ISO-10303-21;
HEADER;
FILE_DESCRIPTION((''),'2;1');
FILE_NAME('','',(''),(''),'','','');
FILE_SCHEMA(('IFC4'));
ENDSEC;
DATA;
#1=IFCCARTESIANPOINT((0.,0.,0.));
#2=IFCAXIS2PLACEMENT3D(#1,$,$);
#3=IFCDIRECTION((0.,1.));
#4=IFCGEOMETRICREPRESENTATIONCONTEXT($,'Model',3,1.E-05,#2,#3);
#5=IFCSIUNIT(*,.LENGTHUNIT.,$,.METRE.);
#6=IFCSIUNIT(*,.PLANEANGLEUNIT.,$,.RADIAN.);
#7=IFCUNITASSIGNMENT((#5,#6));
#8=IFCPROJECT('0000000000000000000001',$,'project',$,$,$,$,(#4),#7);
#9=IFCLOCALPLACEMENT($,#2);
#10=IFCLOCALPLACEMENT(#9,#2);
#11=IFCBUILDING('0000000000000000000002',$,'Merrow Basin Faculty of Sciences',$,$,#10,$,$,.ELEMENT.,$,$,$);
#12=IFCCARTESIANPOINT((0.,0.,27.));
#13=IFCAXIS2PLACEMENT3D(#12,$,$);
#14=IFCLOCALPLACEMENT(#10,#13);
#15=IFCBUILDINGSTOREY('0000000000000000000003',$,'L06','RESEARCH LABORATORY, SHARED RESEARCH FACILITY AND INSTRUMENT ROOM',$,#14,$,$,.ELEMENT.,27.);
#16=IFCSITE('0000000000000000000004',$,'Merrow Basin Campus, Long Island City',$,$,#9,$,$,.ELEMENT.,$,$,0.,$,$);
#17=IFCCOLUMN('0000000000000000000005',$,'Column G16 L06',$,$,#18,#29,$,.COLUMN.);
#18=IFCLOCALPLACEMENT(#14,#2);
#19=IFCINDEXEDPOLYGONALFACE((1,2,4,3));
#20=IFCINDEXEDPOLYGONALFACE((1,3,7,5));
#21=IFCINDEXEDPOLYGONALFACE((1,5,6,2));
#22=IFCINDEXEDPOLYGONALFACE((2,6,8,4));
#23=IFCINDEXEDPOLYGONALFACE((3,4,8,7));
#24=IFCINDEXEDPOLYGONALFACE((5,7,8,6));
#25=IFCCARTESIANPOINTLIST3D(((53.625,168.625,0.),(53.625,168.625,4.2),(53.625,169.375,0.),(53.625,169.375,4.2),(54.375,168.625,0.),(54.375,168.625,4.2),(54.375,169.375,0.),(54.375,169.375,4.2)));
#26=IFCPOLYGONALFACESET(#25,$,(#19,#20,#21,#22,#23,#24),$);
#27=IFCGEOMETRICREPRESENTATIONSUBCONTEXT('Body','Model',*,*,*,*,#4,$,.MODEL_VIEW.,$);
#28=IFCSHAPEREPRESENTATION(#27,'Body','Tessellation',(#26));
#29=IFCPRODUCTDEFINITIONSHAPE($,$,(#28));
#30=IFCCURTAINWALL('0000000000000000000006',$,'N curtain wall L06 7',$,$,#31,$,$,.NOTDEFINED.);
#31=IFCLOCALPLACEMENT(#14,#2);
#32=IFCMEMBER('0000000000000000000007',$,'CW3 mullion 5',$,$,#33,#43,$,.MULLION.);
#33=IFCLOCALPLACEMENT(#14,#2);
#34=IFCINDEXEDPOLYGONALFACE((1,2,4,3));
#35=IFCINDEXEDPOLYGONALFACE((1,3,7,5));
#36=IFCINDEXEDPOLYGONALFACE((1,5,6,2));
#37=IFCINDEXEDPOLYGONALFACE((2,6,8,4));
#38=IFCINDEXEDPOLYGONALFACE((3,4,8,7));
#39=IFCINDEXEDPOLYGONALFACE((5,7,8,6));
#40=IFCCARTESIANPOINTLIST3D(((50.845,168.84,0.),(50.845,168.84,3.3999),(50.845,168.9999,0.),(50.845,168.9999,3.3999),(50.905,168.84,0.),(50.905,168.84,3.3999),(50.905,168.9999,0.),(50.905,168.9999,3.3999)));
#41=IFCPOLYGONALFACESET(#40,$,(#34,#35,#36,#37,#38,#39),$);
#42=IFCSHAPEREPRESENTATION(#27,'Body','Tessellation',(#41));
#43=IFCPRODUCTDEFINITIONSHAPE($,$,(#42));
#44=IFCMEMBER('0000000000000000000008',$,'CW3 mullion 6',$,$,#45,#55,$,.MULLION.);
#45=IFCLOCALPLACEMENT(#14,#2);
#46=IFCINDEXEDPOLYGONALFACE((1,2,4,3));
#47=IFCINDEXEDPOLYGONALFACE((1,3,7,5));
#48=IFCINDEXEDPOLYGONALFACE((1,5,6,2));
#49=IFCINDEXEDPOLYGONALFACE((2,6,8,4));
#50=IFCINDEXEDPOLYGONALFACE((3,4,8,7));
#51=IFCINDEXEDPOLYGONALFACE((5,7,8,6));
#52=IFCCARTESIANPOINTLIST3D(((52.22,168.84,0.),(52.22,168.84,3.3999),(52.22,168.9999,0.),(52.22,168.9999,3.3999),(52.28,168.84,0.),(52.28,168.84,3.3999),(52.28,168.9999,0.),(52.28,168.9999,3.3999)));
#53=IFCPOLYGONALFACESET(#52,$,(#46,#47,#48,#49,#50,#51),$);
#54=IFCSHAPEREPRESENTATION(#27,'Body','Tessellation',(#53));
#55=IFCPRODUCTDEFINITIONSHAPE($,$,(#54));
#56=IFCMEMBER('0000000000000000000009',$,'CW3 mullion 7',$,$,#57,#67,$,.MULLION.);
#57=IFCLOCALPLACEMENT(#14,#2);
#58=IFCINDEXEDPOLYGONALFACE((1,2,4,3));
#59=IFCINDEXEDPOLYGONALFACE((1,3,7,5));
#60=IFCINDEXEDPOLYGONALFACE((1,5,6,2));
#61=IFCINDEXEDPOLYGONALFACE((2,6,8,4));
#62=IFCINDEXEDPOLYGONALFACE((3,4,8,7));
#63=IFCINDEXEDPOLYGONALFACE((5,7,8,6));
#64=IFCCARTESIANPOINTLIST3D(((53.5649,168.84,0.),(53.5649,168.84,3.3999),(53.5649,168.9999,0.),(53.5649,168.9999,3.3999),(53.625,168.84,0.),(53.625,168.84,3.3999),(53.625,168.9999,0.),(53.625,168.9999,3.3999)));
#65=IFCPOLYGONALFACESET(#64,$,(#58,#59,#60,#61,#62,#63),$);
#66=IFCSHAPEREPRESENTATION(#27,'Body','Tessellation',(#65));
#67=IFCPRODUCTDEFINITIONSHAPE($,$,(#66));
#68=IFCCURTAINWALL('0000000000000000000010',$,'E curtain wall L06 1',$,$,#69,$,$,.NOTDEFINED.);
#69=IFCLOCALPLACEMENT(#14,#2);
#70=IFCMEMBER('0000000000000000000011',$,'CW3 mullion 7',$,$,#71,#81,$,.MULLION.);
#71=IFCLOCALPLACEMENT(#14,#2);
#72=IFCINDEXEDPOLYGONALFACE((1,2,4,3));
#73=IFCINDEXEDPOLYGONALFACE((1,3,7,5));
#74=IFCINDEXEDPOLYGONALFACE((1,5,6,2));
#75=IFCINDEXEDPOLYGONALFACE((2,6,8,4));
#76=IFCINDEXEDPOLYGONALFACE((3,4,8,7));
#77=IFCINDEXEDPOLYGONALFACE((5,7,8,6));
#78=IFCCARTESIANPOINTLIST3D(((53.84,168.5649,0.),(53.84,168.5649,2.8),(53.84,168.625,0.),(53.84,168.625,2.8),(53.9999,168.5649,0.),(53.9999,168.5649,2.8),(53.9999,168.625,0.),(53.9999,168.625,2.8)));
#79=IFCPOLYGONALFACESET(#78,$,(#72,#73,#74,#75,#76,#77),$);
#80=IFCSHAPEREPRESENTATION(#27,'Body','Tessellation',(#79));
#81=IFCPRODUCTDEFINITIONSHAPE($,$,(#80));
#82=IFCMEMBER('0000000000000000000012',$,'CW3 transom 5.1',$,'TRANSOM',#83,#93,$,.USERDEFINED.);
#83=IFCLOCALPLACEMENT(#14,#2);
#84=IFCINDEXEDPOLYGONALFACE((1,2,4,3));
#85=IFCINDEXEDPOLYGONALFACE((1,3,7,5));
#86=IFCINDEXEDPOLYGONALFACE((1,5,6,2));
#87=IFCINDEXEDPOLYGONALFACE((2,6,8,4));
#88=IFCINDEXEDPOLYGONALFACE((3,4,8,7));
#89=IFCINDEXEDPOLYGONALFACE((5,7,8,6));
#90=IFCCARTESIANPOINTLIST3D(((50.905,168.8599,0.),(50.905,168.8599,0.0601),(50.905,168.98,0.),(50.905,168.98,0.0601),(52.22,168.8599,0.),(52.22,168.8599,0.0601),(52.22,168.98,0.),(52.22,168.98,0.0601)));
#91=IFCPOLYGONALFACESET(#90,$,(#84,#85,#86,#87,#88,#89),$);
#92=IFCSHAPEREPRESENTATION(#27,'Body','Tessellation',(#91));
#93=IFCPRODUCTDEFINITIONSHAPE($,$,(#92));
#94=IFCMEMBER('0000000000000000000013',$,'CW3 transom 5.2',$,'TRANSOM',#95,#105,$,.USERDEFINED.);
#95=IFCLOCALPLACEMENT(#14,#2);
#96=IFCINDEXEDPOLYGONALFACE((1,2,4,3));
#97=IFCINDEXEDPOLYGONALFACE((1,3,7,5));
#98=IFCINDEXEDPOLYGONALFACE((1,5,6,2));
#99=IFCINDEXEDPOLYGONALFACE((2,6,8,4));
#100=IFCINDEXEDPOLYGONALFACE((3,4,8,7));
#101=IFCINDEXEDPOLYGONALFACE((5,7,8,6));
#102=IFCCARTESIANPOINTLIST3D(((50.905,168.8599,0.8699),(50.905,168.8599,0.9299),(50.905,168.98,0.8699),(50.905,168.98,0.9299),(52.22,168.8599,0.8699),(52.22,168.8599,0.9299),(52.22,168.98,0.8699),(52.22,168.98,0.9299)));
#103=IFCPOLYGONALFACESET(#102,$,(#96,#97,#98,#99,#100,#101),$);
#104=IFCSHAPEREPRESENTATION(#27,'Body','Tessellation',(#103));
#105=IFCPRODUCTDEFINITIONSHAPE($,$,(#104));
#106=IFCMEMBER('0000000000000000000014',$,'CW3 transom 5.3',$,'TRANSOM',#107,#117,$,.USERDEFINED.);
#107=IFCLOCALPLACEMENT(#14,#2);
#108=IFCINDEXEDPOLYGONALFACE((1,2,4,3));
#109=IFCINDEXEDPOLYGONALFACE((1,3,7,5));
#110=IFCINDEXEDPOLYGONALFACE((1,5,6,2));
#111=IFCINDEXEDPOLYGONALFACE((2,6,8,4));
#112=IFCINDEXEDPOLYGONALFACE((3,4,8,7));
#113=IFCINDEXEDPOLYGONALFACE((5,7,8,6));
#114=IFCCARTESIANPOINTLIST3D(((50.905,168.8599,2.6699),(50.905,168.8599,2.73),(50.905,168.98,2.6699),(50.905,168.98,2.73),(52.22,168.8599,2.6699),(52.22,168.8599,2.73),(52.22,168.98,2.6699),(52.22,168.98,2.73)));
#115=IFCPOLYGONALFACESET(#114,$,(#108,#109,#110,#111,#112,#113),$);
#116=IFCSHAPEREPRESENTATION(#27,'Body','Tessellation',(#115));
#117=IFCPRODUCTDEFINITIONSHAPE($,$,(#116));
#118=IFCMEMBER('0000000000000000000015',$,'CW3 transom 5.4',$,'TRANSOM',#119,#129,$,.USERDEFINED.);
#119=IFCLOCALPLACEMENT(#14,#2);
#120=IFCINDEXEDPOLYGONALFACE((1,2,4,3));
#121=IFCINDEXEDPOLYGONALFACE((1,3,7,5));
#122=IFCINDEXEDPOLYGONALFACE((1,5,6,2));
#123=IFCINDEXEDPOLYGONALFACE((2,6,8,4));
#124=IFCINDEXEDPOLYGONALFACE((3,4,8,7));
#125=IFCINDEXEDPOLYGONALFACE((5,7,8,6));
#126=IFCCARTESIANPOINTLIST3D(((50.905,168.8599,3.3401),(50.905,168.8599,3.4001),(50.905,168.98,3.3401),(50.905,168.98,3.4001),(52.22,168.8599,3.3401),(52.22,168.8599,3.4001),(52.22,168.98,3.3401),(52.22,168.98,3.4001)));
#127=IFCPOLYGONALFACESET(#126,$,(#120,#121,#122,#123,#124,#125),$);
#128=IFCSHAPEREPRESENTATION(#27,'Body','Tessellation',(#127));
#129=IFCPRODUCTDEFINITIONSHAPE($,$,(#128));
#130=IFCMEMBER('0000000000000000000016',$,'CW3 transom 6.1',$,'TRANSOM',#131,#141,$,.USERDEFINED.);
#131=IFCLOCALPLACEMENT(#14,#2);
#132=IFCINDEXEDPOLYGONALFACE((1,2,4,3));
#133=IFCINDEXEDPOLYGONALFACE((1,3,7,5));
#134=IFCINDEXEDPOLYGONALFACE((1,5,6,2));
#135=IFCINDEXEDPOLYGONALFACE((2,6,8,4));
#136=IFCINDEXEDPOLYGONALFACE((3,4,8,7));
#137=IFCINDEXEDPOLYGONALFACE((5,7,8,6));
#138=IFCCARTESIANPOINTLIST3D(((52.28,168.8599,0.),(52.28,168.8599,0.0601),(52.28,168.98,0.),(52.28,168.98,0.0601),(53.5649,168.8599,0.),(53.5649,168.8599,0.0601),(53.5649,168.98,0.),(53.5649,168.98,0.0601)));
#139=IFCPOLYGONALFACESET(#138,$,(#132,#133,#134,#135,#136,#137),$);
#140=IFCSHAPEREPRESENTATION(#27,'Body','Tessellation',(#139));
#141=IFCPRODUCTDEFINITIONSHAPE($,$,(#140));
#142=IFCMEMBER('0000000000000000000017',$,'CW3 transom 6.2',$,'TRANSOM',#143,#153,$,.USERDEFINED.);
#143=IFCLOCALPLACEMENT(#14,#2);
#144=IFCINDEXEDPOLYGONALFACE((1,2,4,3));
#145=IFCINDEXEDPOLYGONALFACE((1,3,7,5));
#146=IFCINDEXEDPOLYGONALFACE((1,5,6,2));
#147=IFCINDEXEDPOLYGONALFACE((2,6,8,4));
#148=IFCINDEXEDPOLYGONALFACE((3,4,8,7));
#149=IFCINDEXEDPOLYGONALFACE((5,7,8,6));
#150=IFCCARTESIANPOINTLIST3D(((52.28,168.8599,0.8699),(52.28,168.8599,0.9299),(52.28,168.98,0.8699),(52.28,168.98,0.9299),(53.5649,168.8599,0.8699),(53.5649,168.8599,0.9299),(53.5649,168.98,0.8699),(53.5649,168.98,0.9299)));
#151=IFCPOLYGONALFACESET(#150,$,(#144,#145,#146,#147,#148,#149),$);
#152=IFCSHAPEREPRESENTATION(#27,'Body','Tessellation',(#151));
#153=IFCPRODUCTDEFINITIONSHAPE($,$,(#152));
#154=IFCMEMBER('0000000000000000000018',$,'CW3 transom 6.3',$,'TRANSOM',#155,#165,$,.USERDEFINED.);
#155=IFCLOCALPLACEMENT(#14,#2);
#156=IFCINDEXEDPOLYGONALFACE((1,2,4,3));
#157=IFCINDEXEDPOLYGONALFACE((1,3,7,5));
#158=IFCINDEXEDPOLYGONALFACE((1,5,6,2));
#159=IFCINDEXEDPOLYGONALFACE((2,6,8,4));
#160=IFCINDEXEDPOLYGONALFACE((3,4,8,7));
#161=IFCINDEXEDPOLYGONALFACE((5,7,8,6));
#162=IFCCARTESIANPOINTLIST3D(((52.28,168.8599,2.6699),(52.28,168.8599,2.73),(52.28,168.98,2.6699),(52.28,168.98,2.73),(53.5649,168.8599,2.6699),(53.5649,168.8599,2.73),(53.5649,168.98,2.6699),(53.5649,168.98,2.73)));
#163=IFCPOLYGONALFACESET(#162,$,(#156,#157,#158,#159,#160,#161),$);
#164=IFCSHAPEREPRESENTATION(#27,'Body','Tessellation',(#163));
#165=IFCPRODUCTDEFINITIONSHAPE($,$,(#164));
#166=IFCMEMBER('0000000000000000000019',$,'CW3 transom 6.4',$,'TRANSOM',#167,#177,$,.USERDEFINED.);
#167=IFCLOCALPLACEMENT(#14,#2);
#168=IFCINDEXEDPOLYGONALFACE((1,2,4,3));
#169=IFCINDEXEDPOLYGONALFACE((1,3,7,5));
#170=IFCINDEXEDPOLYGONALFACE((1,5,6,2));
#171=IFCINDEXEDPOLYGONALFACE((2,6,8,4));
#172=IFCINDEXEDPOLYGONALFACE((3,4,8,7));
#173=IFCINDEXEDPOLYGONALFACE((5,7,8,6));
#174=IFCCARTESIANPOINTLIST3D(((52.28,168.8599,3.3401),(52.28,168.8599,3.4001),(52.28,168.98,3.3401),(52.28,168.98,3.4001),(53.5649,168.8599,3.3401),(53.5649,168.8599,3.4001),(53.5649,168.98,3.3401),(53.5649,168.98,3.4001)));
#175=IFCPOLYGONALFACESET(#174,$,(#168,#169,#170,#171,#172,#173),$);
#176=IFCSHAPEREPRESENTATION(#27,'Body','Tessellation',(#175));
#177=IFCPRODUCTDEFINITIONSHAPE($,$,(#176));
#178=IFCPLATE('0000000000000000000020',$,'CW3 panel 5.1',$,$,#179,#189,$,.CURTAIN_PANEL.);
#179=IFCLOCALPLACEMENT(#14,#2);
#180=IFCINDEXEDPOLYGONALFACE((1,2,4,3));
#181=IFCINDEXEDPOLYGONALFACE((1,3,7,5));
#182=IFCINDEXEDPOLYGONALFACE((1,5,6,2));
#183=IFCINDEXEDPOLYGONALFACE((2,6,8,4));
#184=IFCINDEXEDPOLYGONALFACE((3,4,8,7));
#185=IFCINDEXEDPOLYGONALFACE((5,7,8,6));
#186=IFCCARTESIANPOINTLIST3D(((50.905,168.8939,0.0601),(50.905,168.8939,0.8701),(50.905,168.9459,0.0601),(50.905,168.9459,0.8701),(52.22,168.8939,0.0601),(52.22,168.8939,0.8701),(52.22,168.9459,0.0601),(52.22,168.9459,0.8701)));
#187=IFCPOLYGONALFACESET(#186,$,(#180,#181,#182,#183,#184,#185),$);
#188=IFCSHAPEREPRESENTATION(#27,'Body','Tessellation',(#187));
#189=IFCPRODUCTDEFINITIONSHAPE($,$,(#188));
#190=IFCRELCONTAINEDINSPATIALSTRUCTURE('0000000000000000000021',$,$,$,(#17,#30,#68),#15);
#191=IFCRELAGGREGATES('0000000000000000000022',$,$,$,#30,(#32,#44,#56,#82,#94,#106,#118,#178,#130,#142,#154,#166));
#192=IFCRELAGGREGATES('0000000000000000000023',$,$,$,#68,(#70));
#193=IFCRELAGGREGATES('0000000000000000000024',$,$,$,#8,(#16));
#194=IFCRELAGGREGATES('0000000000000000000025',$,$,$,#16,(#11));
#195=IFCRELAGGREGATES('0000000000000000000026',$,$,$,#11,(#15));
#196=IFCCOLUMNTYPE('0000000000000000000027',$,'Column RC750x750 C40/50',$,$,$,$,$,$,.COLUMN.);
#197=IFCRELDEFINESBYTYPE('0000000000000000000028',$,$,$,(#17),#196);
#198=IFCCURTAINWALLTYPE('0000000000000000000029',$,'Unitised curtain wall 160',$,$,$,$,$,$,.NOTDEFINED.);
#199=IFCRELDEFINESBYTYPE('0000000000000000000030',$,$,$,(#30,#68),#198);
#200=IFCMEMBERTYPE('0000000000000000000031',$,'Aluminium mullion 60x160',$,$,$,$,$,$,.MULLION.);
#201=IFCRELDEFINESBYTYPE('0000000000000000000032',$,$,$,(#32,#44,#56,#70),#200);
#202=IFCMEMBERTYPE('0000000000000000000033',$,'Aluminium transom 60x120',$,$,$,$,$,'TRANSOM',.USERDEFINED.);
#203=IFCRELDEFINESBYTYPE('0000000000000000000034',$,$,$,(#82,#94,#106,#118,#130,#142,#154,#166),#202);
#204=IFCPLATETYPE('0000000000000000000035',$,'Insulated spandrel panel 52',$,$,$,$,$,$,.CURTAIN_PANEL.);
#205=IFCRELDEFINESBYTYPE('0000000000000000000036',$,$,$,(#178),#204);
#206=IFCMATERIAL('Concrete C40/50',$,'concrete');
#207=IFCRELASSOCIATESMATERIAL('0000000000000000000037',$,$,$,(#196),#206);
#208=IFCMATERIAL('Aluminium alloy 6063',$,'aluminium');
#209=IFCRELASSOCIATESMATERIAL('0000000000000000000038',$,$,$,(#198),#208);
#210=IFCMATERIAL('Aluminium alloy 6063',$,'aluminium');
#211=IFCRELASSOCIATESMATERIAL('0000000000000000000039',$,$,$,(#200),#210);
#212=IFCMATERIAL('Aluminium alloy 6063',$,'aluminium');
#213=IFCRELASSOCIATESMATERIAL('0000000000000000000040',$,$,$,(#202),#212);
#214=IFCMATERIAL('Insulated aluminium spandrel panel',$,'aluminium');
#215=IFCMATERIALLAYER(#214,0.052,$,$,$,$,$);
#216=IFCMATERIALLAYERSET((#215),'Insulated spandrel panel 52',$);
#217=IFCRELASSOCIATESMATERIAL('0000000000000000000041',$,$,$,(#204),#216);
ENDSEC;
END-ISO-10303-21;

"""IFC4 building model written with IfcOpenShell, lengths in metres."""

from ifc_helpers import new_model, si_unit, direction, frame, origin, origin_2d, place, context, subcontext, project, spatial, rectangle, extrude, material, layer, layer_set, material_profile, profile_set, type_object, element, aggregate, save


model = new_model("IFC4")

# Units and contexts
model_context = context("Model", 3, precision=1e-05, world=origin(), true_north=direction((0.0, 1.0)))
body_context = subcontext(model_context, "Body", "Model", "MODEL_VIEW")
ifc_project = project(units=[si_unit("LENGTHUNIT", "METRE"), si_unit("PLANEANGLEUNIT", "RADIAN")], contexts=[model_context])

# Site, building, storey
site_placement = place(None, origin())
site = spatial("IfcSite", under=ifc_project, at=site_placement, Name="Merrow Basin Campus, Long Island City", CompositionType="ELEMENT", RefElevation=0.0)
building_placement = place(site_placement, origin())
building = spatial("IfcBuilding", under=site, at=building_placement, Name="Merrow Basin Faculty of Sciences", CompositionType="ELEMENT")
storey_placement = place(building_placement, frame((0.0, 0.0, 27.0)))
storey = spatial("IfcBuildingStorey", under=building, at=storey_placement, Name="L06", Description="RESEARCH LABORATORY, SHARED RESEARCH FACILITY AND INSTRUMENT ROOM", CompositionType="ELEMENT", Elevation=27.0)

# Column
ifc_material_1 = material(Name="Concrete C40/50", Category="concrete")
ifc_material_profile_1 = material_profile(ifc_material_1, rectangle(XDim=0.75, YDim=0.75, at=origin_2d()))
ifc_profile_set_1 = profile_set([ifc_material_profile_1], Name="Concrete C40/50")
column_type = type_object("IfcColumnType", Name="Column RC750x750 C40/50", PredefinedType="COLUMN", material=ifc_profile_set_1)
column_placement = place(storey_placement, frame((54.0, 169.0, 0.0), z_axis=(0.0, 0.0, 1.0), x_axis=(1.0, 0.0, 0.0)))
element("IfcColumn", 1, at=column_placement, inside=storey, type_object=column_type, Name="Column G16 L06", PredefinedType="COLUMN", context=body_context, shape_type="SweptSolid", body=[
    extrude(rectangle(XDim=0.75, YDim=0.75, at=origin_2d()), origin(), (0.0, 0.0, 1.0), 4.2),
])

# Curtain wall, members
ifc_material_2 = material(Name="Aluminium alloy 6063", Category="aluminium")
curtain_wall_type = type_object("IfcCurtainWallType", Name="Unitised curtain wall 160", PredefinedType="NOTDEFINED", material=ifc_material_2)
curtain_wall_1_placement = place(storey_placement, origin())
curtain_wall_1 = element("IfcCurtainWall", 2, at=curtain_wall_1_placement, inside=storey, type_object=curtain_wall_type, Name="N curtain wall L06 7", PredefinedType="NOTDEFINED")
ifc_material_3 = material(Name="Aluminium alloy 6063", Category="aluminium")
ifc_material_profile_2 = material_profile(ifc_material_3, rectangle(XDim=0.1599, YDim=0.0601, at=origin_2d()))
ifc_profile_set_2 = profile_set([ifc_material_profile_2], Name="Aluminium alloy 6063")
member_type_1 = type_object("IfcMemberType", Name="Aluminium mullion 60x160", PredefinedType="MULLION", material=ifc_profile_set_2)
member_1_placement = place(storey_placement, frame((50.875, 168.9199, 0.0), z_axis=(0.0, 0.0, 1.0), x_axis=(0.0, 1.0, 0.0)))
member_1 = element("IfcMember", 3, at=member_1_placement, type_object=member_type_1, Name="CW3 mullion 5", PredefinedType="MULLION", context=body_context, shape_type="SweptSolid", body=[
    extrude(rectangle(XDim=0.1599, YDim=0.0601, at=origin_2d()), origin(), (0.0, 0.0, 1.0), 3.3999),
])
member_2_placement = place(storey_placement, frame((52.25, 168.9199, 0.0), z_axis=(0.0, 0.0, 1.0), x_axis=(0.0, 1.0, 0.0)))
member_2 = element("IfcMember", 4, at=member_2_placement, type_object=member_type_1, Name="CW3 mullion 6", PredefinedType="MULLION", context=body_context, shape_type="SweptSolid", body=[
    extrude(rectangle(XDim=0.1599, YDim=0.0601, at=origin_2d()), origin(), (0.0, 0.0, 1.0), 3.3999),
])
member_3_placement = place(storey_placement, frame((53.595, 168.9199, 0.0), z_axis=(0.0, 0.0, 1.0), x_axis=(0.0, 1.0, 0.0)))
member_3 = element("IfcMember", 5, at=member_3_placement, type_object=member_type_1, Name="CW3 mullion 7", PredefinedType="MULLION", context=body_context, shape_type="SweptSolid", body=[
    extrude(rectangle(XDim=0.1599, YDim=0.0601, at=origin_2d()), origin(), (0.0, 0.0, 1.0), 3.3999),
])

# Curtain wall, member
curtain_wall_2_placement = place(storey_placement, origin())
curtain_wall_2 = element("IfcCurtainWall", 6, at=curtain_wall_2_placement, inside=storey, type_object=curtain_wall_type, Name="E curtain wall L06 1", PredefinedType="NOTDEFINED")
member_4_placement = place(storey_placement, frame((53.9199, 168.595, 0.0), z_axis=(0.0, 0.0, 1.0), x_axis=(-1.0, 0.0, 0.0)))
member_4 = element("IfcMember", 7, at=member_4_placement, type_object=member_type_1, Name="CW3 mullion 7", PredefinedType="MULLION", context=body_context, shape_type="SweptSolid", body=[
    extrude(rectangle(XDim=0.1599, YDim=0.0601, at=origin_2d()), origin(), (0.0, 0.0, 1.0), 2.8),
])

# Members
ifc_material_4 = material(Name="Aluminium alloy 6063", Category="aluminium")
ifc_material_profile_3 = material_profile(ifc_material_4, rectangle(XDim=0.1201, YDim=0.0601, at=origin_2d()))
ifc_profile_set_3 = profile_set([ifc_material_profile_3], Name="Aluminium alloy 6063")
member_type_2 = type_object("IfcMemberType", Name="Aluminium transom 60x120", ElementType="TRANSOM", PredefinedType="USERDEFINED", material=ifc_profile_set_3)
member_5_placement = place(storey_placement, frame((50.905, 168.9199, 0.03), z_axis=(1.0, 0.0, 0.0), x_axis=(0.0, 1.0, 0.0)))
member_5 = element("IfcMember", 8, at=member_5_placement, type_object=member_type_2, Name="CW3 transom 5.1", ObjectType="TRANSOM", PredefinedType="USERDEFINED", context=body_context, shape_type="SweptSolid", body=[
    extrude(rectangle(XDim=0.1201, YDim=0.0601, at=origin_2d()), origin(), (0.0, 0.0, 1.0), 1.3149),
])
member_6_placement = place(storey_placement, frame((50.905, 168.9199, 0.8999), z_axis=(1.0, 0.0, 0.0), x_axis=(0.0, 1.0, 0.0)))
member_6 = element("IfcMember", 9, at=member_6_placement, type_object=member_type_2, Name="CW3 transom 5.2", ObjectType="TRANSOM", PredefinedType="USERDEFINED", context=body_context, shape_type="SweptSolid", body=[
    extrude(rectangle(XDim=0.1201, YDim=0.0601, at=origin_2d()), origin(), (0.0, 0.0, 1.0), 1.3149),
])
member_7_placement = place(storey_placement, frame((50.905, 168.9199, 2.7), z_axis=(1.0, 0.0, 0.0), x_axis=(0.0, 1.0, 0.0)))
member_7 = element("IfcMember", 10, at=member_7_placement, type_object=member_type_2, Name="CW3 transom 5.3", ObjectType="TRANSOM", PredefinedType="USERDEFINED", context=body_context, shape_type="SweptSolid", body=[
    extrude(rectangle(XDim=0.1201, YDim=0.0601, at=origin_2d()), origin(), (0.0, 0.0, 1.0), 1.3149),
])
member_8_placement = place(storey_placement, frame((50.905, 168.9199, 3.3701), z_axis=(1.0, 0.0, 0.0), x_axis=(0.0, 1.0, 0.0)))
member_8 = element("IfcMember", 11, at=member_8_placement, type_object=member_type_2, Name="CW3 transom 5.4", ObjectType="TRANSOM", PredefinedType="USERDEFINED", context=body_context, shape_type="SweptSolid", body=[
    extrude(rectangle(XDim=0.1201, YDim=0.0601, at=origin_2d()), origin(), (0.0, 0.0, 1.0), 1.3149),
])
member_9_placement = place(storey_placement, frame((52.28, 168.9199, 0.03), z_axis=(1.0, 0.0, 0.0), x_axis=(0.0, 1.0, 0.0)))
member_9 = element("IfcMember", 12, at=member_9_placement, type_object=member_type_2, Name="CW3 transom 6.1", ObjectType="TRANSOM", PredefinedType="USERDEFINED", context=body_context, shape_type="SweptSolid", body=[
    extrude(rectangle(XDim=0.1201, YDim=0.0601, at=origin_2d()), origin(), (0.0, 0.0, 1.0), 1.2849),
])
member_10_placement = place(storey_placement, frame((52.28, 168.9199, 0.8999), z_axis=(1.0, 0.0, 0.0), x_axis=(0.0, 1.0, 0.0)))
member_10 = element("IfcMember", 13, at=member_10_placement, type_object=member_type_2, Name="CW3 transom 6.2", ObjectType="TRANSOM", PredefinedType="USERDEFINED", context=body_context, shape_type="SweptSolid", body=[
    extrude(rectangle(XDim=0.1201, YDim=0.0601, at=origin_2d()), origin(), (0.0, 0.0, 1.0), 1.2849),
])
member_11_placement = place(storey_placement, frame((52.28, 168.9199, 2.7), z_axis=(1.0, 0.0, 0.0), x_axis=(0.0, 1.0, 0.0)))
member_11 = element("IfcMember", 14, at=member_11_placement, type_object=member_type_2, Name="CW3 transom 6.3", ObjectType="TRANSOM", PredefinedType="USERDEFINED", context=body_context, shape_type="SweptSolid", body=[
    extrude(rectangle(XDim=0.1201, YDim=0.0601, at=origin_2d()), origin(), (0.0, 0.0, 1.0), 1.2849),
])
member_12_placement = place(storey_placement, frame((52.28, 168.9199, 3.3701), z_axis=(1.0, 0.0, 0.0), x_axis=(0.0, 1.0, 0.0)))
member_12 = element("IfcMember", 15, at=member_12_placement, type_object=member_type_2, Name="CW3 transom 6.4", ObjectType="TRANSOM", PredefinedType="USERDEFINED", context=body_context, shape_type="SweptSolid", body=[
    extrude(rectangle(XDim=0.1201, YDim=0.0601, at=origin_2d()), origin(), (0.0, 0.0, 1.0), 1.2849),
])

# Plate
ifc_material_5 = material(Name="Insulated aluminium spandrel panel", Category="aluminium")
ifc_layer_1 = layer(ifc_material_5, 0.052)
ifc_layer_set_1 = layer_set([ifc_layer_1], Name="Insulated spandrel panel 52")
plate_type_1 = type_object("IfcPlateType", Name="Insulated spandrel panel 52", PredefinedType="CURTAIN_PANEL", material=ifc_layer_set_1)
plate_1_placement = place(storey_placement, frame((51.5625, 168.9199, 0.0601), z_axis=(0.0, 0.0, 1.0), x_axis=(1.0, 0.0, 0.0)))
plate_1 = element("IfcPlate", 16, at=plate_1_placement, type_object=plate_type_1, Name="CW3 panel 5.1", PredefinedType="CURTAIN_PANEL", context=body_context, shape_type="SweptSolid", body=[
    extrude(rectangle(XDim=1.3149, YDim=0.052, at=origin_2d()), origin(), (0.0, 0.0, 1.0), 0.8101),
])
aggregate(curtain_wall_1, [member_1, member_2, member_3, member_5, member_6, member_7, member_8, plate_1, member_9, member_10, member_11, member_12])
aggregate(curtain_wall_2, [member_4])

save(model, "model.ifc")
